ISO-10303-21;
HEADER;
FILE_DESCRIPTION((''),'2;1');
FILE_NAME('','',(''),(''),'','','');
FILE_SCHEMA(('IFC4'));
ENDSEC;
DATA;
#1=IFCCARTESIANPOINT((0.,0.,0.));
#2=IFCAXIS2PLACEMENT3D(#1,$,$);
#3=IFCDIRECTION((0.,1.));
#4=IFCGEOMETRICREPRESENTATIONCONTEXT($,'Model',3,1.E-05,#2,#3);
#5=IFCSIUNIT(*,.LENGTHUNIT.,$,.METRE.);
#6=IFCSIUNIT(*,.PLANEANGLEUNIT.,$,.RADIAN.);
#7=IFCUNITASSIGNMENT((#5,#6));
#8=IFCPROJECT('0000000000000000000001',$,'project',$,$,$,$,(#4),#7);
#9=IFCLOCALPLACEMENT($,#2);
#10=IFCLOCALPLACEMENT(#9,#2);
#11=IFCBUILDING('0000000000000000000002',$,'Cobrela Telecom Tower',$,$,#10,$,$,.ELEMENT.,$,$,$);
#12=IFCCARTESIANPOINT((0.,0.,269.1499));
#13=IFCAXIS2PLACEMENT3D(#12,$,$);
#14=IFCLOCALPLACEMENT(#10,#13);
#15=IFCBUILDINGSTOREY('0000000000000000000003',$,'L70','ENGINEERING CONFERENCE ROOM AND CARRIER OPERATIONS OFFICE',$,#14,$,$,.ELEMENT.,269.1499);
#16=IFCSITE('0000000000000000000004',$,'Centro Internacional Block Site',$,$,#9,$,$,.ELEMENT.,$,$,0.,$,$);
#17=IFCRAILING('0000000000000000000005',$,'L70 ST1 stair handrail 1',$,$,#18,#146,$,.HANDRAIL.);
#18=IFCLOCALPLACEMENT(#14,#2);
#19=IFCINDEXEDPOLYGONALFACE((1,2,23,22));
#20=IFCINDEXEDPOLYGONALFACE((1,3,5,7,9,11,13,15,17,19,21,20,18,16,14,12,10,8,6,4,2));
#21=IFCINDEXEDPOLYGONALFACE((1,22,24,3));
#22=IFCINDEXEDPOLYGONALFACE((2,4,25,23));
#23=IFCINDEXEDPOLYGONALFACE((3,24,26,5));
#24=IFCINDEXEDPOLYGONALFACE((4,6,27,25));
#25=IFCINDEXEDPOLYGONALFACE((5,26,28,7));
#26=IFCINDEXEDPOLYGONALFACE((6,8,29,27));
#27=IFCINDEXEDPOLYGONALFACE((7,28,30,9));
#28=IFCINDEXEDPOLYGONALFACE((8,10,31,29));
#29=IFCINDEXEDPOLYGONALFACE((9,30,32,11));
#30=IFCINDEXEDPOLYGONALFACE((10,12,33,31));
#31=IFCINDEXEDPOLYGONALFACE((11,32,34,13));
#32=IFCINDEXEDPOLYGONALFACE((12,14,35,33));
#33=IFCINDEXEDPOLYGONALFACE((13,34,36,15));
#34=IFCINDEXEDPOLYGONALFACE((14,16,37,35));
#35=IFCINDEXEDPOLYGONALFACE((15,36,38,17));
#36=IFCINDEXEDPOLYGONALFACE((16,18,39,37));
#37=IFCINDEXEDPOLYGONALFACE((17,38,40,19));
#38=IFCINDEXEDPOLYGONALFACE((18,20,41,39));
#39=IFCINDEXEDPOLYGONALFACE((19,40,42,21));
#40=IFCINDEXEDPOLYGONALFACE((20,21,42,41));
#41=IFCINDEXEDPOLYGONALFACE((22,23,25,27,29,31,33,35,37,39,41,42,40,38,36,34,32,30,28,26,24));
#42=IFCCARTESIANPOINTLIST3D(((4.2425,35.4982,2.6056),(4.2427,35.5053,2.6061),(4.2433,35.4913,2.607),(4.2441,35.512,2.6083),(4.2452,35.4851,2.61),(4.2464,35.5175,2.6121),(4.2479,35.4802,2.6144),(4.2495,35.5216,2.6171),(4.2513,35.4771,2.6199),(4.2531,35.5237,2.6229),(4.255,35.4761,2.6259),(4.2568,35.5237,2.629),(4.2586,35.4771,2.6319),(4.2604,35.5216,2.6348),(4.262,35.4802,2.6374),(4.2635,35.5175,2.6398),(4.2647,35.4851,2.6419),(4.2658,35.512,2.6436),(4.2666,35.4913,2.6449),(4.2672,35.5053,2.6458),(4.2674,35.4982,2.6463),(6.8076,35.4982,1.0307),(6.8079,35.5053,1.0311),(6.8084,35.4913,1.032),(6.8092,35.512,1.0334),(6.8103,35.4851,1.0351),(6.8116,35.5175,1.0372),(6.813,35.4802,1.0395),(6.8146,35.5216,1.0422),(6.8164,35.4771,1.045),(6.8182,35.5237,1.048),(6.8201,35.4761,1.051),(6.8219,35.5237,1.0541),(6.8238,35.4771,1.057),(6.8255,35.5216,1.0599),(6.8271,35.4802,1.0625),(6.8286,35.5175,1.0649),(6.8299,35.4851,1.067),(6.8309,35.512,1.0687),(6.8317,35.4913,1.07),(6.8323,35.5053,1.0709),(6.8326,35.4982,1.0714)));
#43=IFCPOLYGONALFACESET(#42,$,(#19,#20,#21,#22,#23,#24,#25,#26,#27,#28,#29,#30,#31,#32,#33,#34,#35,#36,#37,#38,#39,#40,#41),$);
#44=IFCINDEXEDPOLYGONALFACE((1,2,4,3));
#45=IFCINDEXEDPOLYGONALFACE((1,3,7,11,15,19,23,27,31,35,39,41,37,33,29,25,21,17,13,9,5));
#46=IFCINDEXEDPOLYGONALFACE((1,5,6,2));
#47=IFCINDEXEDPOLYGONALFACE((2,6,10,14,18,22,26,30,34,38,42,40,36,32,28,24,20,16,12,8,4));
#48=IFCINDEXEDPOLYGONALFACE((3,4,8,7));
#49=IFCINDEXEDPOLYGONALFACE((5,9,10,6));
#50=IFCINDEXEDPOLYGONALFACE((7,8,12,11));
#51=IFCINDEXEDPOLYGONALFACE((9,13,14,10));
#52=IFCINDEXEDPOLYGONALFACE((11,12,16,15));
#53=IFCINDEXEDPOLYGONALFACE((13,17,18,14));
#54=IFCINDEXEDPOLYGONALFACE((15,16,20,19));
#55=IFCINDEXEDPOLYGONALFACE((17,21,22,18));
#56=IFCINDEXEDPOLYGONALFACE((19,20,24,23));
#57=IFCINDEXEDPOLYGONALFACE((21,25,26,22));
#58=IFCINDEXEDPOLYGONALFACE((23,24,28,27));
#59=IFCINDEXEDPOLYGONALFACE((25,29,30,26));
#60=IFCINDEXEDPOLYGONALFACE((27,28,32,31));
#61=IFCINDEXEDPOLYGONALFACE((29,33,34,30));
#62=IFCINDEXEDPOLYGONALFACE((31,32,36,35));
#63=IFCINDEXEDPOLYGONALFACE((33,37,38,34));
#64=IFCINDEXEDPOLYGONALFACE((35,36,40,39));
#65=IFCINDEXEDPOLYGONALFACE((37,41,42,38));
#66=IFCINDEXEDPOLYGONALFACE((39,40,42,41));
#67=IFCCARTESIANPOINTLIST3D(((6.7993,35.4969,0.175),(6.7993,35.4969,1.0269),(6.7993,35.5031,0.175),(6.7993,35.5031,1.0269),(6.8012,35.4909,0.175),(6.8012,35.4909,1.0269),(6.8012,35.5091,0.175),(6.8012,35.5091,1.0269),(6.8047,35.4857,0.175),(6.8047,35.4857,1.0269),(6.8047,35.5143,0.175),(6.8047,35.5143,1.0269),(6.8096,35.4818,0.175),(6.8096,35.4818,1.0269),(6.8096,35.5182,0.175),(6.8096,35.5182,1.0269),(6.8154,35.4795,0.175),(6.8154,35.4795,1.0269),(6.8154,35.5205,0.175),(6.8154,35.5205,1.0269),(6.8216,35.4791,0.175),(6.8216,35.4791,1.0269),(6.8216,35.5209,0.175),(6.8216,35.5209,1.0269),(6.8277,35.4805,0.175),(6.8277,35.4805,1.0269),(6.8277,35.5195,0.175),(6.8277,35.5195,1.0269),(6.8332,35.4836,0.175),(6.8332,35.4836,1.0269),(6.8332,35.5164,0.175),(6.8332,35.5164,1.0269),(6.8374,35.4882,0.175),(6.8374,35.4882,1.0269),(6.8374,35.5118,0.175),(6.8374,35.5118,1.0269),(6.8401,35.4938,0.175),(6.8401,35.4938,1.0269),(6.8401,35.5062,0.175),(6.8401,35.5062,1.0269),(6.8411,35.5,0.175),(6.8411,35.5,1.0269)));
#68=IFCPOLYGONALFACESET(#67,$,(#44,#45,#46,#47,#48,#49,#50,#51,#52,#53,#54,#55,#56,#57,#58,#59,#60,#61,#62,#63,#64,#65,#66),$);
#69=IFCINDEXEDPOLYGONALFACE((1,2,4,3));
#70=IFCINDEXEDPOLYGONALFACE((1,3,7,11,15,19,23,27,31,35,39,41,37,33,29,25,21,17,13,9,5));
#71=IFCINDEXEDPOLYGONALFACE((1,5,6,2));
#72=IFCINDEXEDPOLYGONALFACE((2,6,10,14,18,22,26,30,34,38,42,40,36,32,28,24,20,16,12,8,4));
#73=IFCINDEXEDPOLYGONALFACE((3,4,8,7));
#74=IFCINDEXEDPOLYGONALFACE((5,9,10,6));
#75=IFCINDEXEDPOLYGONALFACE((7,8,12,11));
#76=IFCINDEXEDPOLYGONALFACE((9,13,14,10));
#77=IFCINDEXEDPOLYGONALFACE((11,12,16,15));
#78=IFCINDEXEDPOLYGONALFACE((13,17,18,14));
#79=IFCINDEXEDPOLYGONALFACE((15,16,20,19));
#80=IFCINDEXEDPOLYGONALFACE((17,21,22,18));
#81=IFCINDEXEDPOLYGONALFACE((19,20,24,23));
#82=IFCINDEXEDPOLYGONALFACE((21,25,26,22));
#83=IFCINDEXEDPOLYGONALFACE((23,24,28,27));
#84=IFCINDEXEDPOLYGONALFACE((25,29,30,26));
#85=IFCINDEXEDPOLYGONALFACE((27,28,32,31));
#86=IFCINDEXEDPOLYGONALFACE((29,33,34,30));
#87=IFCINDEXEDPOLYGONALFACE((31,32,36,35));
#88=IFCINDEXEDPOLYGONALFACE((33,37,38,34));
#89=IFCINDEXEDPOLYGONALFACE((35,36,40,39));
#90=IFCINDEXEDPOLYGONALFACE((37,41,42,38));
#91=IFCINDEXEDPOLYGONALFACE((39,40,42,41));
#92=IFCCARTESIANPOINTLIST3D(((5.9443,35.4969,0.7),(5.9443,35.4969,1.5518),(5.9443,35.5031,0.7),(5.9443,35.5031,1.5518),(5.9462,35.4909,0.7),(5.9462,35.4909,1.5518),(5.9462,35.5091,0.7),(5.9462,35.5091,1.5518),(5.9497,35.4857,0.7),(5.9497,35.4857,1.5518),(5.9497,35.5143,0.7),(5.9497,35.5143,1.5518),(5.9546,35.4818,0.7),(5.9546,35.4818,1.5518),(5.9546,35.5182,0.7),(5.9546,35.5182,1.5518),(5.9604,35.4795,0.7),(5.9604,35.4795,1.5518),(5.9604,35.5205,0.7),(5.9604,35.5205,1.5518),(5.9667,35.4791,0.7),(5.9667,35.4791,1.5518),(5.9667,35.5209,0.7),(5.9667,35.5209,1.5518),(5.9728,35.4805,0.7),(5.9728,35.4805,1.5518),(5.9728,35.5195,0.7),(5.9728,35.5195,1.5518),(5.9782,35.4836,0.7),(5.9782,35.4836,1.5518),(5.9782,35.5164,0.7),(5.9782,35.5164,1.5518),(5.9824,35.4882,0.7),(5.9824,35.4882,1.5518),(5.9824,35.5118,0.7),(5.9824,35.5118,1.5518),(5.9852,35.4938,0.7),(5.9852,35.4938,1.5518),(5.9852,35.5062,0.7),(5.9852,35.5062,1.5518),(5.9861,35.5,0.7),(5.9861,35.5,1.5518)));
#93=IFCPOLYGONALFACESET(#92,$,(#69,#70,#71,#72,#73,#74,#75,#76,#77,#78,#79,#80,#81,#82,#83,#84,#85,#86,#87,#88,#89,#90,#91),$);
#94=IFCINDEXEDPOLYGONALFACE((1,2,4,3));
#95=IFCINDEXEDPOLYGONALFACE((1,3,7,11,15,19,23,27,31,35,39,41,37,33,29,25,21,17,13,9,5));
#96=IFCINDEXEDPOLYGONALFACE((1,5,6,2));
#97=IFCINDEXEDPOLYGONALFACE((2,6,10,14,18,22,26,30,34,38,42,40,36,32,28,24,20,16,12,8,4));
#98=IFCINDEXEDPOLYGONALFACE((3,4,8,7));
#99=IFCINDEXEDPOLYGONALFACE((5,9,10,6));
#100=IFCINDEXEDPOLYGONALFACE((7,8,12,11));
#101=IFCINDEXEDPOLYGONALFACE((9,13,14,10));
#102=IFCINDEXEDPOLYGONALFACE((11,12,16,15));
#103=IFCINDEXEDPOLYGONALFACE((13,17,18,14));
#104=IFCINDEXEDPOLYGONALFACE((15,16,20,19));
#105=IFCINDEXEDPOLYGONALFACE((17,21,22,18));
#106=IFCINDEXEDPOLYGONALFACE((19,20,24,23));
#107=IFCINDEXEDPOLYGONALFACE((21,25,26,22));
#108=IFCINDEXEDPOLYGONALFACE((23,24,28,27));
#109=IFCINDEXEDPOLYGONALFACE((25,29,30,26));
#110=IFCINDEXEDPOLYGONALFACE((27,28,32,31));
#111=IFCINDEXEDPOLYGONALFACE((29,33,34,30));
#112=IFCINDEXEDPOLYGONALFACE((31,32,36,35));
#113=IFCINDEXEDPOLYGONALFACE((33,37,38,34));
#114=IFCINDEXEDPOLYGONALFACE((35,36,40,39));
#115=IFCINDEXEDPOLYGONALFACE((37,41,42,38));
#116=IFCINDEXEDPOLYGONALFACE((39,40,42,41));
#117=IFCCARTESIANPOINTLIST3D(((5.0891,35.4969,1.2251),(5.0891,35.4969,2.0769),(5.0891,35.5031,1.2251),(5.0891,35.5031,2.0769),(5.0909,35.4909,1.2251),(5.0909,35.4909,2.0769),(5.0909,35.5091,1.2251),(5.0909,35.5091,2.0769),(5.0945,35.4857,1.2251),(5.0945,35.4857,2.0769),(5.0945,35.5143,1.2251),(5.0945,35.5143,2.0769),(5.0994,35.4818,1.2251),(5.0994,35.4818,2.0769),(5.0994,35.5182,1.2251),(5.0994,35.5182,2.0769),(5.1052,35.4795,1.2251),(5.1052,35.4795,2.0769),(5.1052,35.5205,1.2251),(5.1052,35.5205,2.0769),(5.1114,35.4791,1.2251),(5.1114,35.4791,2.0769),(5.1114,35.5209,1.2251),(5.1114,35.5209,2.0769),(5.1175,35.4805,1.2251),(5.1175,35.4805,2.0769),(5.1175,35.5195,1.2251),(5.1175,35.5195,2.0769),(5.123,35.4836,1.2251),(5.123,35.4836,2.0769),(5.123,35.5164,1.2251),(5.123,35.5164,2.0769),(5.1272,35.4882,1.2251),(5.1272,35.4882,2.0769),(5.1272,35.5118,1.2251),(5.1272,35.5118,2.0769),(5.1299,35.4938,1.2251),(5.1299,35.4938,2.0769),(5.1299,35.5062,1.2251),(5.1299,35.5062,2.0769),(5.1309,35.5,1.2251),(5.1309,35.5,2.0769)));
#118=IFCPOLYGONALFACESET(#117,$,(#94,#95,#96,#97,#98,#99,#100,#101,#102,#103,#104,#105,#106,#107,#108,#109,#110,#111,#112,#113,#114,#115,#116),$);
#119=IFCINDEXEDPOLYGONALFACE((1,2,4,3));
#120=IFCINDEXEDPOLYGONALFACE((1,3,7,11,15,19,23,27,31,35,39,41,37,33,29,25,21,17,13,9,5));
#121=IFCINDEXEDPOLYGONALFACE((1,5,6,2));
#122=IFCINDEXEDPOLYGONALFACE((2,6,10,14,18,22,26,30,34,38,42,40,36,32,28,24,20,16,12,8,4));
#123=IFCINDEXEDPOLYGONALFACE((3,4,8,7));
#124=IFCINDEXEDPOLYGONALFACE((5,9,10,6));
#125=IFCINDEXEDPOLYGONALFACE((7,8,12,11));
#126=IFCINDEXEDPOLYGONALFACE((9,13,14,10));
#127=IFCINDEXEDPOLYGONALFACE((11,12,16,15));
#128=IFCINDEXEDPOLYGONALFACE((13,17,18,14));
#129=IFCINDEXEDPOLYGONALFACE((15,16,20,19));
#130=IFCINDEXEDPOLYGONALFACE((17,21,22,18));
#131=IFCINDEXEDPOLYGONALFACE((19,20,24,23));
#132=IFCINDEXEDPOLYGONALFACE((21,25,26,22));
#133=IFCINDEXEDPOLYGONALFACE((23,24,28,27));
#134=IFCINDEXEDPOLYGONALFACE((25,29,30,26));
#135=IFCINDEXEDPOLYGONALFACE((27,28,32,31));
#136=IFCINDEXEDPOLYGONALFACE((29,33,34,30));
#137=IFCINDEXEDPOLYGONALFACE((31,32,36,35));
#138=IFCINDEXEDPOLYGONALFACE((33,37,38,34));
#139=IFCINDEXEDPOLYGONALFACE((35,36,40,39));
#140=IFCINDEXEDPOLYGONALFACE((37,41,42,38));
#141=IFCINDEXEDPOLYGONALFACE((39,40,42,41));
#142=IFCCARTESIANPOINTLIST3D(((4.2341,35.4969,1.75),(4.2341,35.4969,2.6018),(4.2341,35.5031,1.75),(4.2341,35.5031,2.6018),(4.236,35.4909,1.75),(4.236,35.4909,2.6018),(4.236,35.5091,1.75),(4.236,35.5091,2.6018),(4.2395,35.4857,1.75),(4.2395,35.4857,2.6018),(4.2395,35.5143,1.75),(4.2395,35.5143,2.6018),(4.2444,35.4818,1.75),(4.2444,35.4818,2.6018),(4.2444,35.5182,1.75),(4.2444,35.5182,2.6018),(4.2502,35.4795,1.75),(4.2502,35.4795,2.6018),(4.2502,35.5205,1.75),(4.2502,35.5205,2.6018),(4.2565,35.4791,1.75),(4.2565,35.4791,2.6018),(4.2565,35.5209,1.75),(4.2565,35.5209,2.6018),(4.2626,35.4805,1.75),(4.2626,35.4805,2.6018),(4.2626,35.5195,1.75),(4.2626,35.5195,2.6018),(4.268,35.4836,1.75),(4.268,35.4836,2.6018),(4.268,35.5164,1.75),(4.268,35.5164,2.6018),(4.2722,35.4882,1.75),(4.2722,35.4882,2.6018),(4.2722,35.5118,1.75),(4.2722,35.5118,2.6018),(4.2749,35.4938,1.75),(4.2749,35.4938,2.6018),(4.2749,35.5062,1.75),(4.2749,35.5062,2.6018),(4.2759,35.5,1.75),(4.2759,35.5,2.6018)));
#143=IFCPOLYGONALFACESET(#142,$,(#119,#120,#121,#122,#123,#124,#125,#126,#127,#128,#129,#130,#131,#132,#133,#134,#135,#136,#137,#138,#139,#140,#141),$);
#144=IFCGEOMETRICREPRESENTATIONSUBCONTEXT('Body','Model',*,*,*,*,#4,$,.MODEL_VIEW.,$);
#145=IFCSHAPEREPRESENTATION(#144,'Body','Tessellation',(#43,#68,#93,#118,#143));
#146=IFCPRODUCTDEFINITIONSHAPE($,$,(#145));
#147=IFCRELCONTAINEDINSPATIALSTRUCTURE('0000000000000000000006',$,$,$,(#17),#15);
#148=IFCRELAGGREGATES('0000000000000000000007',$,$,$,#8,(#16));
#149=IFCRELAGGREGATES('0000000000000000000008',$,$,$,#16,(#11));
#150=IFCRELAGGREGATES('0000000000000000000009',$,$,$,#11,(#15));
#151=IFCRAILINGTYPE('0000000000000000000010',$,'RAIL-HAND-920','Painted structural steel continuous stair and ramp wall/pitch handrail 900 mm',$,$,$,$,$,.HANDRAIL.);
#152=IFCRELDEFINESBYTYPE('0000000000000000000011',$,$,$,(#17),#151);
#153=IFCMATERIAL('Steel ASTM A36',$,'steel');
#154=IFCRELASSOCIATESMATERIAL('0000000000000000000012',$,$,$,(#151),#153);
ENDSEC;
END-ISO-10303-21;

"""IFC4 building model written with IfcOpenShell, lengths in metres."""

from ifc_helpers import new_model, si_unit, direction, frame, origin, origin_2d, place, context, subcontext, project, spatial, circle, extrude, material, type_object, element, save


model = new_model("IFC4")

# Units and contexts
model_context = context("Model", 3, precision=1e-05, world=origin(), true_north=direction((0.0, 1.0)))
body_context = subcontext(model_context, "Body", "Model", "MODEL_VIEW")
ifc_project = project(units=[si_unit("LENGTHUNIT", "METRE"), si_unit("PLANEANGLEUNIT", "RADIAN")], contexts=[model_context])

# Site, building, storey
site_placement = place(None, origin())
site = spatial("IfcSite", under=ifc_project, at=site_placement, Name="Centro Internacional Block Site", CompositionType="ELEMENT", RefElevation=0.0)
building_placement = place(site_placement, origin())
building = spatial("IfcBuilding", under=site, at=building_placement, Name="Cobrela Telecom Tower", CompositionType="ELEMENT")
storey_placement = place(building_placement, frame((0.0, 0.0, 269.1499)))
storey = spatial("IfcBuildingStorey", under=building, at=storey_placement, Name="L70", Description="ENGINEERING CONFERENCE ROOM AND CARRIER OPERATIONS OFFICE", CompositionType="ELEMENT", Elevation=269.1499)

# Shared definitions
ifc_material_1 = material(Name="Steel ASTM A36", Category="steel")

# Railing
railing_type_1 = type_object("IfcRailingType", Name="RAIL-HAND-920", Description="Painted structural steel continuous stair and ramp wall/pitch handrail 900 mm", PredefinedType="HANDRAIL", material=ifc_material_1)
railing_1_placement = place(storey_placement, frame((6.8201, 35.5, 0.175)))
element("IfcRailing", 1, at=railing_1_placement, inside=storey, type_object=railing_type_1, Name="L70 ST1 stair handrail 1", PredefinedType="HANDRAIL", context=body_context, shape_type="SweptSolid", body=[
    extrude(circle(Radius=0.0239, at=origin_2d()), frame((0.0, 0.0, 0.876), z_axis=(-0.852195, 0.0, 0.523224), x_axis=(0.0, -1.0, 0.0)), (0.0, 0.0, 1.0), 3.01),
    extrude(circle(Radius=0.021, at=origin_2d()), origin(), (0.0, 0.0, 1.0), 0.8518),
    extrude(circle(Radius=0.021, at=origin_2d()), frame((-0.855, 0.0, 0.5249)), (0.0, 0.0, 1.0), 0.8518),
    extrude(circle(Radius=0.021, at=origin_2d()), frame((-1.7102, 0.0, 1.05)), (0.0, 0.0, 1.0), 0.8518),
    extrude(circle(Radius=0.021, at=origin_2d()), frame((-2.5652, 0.0, 1.575)), (0.0, 0.0, 1.0), 0.8518),
])

save(model, "model.ifc")
